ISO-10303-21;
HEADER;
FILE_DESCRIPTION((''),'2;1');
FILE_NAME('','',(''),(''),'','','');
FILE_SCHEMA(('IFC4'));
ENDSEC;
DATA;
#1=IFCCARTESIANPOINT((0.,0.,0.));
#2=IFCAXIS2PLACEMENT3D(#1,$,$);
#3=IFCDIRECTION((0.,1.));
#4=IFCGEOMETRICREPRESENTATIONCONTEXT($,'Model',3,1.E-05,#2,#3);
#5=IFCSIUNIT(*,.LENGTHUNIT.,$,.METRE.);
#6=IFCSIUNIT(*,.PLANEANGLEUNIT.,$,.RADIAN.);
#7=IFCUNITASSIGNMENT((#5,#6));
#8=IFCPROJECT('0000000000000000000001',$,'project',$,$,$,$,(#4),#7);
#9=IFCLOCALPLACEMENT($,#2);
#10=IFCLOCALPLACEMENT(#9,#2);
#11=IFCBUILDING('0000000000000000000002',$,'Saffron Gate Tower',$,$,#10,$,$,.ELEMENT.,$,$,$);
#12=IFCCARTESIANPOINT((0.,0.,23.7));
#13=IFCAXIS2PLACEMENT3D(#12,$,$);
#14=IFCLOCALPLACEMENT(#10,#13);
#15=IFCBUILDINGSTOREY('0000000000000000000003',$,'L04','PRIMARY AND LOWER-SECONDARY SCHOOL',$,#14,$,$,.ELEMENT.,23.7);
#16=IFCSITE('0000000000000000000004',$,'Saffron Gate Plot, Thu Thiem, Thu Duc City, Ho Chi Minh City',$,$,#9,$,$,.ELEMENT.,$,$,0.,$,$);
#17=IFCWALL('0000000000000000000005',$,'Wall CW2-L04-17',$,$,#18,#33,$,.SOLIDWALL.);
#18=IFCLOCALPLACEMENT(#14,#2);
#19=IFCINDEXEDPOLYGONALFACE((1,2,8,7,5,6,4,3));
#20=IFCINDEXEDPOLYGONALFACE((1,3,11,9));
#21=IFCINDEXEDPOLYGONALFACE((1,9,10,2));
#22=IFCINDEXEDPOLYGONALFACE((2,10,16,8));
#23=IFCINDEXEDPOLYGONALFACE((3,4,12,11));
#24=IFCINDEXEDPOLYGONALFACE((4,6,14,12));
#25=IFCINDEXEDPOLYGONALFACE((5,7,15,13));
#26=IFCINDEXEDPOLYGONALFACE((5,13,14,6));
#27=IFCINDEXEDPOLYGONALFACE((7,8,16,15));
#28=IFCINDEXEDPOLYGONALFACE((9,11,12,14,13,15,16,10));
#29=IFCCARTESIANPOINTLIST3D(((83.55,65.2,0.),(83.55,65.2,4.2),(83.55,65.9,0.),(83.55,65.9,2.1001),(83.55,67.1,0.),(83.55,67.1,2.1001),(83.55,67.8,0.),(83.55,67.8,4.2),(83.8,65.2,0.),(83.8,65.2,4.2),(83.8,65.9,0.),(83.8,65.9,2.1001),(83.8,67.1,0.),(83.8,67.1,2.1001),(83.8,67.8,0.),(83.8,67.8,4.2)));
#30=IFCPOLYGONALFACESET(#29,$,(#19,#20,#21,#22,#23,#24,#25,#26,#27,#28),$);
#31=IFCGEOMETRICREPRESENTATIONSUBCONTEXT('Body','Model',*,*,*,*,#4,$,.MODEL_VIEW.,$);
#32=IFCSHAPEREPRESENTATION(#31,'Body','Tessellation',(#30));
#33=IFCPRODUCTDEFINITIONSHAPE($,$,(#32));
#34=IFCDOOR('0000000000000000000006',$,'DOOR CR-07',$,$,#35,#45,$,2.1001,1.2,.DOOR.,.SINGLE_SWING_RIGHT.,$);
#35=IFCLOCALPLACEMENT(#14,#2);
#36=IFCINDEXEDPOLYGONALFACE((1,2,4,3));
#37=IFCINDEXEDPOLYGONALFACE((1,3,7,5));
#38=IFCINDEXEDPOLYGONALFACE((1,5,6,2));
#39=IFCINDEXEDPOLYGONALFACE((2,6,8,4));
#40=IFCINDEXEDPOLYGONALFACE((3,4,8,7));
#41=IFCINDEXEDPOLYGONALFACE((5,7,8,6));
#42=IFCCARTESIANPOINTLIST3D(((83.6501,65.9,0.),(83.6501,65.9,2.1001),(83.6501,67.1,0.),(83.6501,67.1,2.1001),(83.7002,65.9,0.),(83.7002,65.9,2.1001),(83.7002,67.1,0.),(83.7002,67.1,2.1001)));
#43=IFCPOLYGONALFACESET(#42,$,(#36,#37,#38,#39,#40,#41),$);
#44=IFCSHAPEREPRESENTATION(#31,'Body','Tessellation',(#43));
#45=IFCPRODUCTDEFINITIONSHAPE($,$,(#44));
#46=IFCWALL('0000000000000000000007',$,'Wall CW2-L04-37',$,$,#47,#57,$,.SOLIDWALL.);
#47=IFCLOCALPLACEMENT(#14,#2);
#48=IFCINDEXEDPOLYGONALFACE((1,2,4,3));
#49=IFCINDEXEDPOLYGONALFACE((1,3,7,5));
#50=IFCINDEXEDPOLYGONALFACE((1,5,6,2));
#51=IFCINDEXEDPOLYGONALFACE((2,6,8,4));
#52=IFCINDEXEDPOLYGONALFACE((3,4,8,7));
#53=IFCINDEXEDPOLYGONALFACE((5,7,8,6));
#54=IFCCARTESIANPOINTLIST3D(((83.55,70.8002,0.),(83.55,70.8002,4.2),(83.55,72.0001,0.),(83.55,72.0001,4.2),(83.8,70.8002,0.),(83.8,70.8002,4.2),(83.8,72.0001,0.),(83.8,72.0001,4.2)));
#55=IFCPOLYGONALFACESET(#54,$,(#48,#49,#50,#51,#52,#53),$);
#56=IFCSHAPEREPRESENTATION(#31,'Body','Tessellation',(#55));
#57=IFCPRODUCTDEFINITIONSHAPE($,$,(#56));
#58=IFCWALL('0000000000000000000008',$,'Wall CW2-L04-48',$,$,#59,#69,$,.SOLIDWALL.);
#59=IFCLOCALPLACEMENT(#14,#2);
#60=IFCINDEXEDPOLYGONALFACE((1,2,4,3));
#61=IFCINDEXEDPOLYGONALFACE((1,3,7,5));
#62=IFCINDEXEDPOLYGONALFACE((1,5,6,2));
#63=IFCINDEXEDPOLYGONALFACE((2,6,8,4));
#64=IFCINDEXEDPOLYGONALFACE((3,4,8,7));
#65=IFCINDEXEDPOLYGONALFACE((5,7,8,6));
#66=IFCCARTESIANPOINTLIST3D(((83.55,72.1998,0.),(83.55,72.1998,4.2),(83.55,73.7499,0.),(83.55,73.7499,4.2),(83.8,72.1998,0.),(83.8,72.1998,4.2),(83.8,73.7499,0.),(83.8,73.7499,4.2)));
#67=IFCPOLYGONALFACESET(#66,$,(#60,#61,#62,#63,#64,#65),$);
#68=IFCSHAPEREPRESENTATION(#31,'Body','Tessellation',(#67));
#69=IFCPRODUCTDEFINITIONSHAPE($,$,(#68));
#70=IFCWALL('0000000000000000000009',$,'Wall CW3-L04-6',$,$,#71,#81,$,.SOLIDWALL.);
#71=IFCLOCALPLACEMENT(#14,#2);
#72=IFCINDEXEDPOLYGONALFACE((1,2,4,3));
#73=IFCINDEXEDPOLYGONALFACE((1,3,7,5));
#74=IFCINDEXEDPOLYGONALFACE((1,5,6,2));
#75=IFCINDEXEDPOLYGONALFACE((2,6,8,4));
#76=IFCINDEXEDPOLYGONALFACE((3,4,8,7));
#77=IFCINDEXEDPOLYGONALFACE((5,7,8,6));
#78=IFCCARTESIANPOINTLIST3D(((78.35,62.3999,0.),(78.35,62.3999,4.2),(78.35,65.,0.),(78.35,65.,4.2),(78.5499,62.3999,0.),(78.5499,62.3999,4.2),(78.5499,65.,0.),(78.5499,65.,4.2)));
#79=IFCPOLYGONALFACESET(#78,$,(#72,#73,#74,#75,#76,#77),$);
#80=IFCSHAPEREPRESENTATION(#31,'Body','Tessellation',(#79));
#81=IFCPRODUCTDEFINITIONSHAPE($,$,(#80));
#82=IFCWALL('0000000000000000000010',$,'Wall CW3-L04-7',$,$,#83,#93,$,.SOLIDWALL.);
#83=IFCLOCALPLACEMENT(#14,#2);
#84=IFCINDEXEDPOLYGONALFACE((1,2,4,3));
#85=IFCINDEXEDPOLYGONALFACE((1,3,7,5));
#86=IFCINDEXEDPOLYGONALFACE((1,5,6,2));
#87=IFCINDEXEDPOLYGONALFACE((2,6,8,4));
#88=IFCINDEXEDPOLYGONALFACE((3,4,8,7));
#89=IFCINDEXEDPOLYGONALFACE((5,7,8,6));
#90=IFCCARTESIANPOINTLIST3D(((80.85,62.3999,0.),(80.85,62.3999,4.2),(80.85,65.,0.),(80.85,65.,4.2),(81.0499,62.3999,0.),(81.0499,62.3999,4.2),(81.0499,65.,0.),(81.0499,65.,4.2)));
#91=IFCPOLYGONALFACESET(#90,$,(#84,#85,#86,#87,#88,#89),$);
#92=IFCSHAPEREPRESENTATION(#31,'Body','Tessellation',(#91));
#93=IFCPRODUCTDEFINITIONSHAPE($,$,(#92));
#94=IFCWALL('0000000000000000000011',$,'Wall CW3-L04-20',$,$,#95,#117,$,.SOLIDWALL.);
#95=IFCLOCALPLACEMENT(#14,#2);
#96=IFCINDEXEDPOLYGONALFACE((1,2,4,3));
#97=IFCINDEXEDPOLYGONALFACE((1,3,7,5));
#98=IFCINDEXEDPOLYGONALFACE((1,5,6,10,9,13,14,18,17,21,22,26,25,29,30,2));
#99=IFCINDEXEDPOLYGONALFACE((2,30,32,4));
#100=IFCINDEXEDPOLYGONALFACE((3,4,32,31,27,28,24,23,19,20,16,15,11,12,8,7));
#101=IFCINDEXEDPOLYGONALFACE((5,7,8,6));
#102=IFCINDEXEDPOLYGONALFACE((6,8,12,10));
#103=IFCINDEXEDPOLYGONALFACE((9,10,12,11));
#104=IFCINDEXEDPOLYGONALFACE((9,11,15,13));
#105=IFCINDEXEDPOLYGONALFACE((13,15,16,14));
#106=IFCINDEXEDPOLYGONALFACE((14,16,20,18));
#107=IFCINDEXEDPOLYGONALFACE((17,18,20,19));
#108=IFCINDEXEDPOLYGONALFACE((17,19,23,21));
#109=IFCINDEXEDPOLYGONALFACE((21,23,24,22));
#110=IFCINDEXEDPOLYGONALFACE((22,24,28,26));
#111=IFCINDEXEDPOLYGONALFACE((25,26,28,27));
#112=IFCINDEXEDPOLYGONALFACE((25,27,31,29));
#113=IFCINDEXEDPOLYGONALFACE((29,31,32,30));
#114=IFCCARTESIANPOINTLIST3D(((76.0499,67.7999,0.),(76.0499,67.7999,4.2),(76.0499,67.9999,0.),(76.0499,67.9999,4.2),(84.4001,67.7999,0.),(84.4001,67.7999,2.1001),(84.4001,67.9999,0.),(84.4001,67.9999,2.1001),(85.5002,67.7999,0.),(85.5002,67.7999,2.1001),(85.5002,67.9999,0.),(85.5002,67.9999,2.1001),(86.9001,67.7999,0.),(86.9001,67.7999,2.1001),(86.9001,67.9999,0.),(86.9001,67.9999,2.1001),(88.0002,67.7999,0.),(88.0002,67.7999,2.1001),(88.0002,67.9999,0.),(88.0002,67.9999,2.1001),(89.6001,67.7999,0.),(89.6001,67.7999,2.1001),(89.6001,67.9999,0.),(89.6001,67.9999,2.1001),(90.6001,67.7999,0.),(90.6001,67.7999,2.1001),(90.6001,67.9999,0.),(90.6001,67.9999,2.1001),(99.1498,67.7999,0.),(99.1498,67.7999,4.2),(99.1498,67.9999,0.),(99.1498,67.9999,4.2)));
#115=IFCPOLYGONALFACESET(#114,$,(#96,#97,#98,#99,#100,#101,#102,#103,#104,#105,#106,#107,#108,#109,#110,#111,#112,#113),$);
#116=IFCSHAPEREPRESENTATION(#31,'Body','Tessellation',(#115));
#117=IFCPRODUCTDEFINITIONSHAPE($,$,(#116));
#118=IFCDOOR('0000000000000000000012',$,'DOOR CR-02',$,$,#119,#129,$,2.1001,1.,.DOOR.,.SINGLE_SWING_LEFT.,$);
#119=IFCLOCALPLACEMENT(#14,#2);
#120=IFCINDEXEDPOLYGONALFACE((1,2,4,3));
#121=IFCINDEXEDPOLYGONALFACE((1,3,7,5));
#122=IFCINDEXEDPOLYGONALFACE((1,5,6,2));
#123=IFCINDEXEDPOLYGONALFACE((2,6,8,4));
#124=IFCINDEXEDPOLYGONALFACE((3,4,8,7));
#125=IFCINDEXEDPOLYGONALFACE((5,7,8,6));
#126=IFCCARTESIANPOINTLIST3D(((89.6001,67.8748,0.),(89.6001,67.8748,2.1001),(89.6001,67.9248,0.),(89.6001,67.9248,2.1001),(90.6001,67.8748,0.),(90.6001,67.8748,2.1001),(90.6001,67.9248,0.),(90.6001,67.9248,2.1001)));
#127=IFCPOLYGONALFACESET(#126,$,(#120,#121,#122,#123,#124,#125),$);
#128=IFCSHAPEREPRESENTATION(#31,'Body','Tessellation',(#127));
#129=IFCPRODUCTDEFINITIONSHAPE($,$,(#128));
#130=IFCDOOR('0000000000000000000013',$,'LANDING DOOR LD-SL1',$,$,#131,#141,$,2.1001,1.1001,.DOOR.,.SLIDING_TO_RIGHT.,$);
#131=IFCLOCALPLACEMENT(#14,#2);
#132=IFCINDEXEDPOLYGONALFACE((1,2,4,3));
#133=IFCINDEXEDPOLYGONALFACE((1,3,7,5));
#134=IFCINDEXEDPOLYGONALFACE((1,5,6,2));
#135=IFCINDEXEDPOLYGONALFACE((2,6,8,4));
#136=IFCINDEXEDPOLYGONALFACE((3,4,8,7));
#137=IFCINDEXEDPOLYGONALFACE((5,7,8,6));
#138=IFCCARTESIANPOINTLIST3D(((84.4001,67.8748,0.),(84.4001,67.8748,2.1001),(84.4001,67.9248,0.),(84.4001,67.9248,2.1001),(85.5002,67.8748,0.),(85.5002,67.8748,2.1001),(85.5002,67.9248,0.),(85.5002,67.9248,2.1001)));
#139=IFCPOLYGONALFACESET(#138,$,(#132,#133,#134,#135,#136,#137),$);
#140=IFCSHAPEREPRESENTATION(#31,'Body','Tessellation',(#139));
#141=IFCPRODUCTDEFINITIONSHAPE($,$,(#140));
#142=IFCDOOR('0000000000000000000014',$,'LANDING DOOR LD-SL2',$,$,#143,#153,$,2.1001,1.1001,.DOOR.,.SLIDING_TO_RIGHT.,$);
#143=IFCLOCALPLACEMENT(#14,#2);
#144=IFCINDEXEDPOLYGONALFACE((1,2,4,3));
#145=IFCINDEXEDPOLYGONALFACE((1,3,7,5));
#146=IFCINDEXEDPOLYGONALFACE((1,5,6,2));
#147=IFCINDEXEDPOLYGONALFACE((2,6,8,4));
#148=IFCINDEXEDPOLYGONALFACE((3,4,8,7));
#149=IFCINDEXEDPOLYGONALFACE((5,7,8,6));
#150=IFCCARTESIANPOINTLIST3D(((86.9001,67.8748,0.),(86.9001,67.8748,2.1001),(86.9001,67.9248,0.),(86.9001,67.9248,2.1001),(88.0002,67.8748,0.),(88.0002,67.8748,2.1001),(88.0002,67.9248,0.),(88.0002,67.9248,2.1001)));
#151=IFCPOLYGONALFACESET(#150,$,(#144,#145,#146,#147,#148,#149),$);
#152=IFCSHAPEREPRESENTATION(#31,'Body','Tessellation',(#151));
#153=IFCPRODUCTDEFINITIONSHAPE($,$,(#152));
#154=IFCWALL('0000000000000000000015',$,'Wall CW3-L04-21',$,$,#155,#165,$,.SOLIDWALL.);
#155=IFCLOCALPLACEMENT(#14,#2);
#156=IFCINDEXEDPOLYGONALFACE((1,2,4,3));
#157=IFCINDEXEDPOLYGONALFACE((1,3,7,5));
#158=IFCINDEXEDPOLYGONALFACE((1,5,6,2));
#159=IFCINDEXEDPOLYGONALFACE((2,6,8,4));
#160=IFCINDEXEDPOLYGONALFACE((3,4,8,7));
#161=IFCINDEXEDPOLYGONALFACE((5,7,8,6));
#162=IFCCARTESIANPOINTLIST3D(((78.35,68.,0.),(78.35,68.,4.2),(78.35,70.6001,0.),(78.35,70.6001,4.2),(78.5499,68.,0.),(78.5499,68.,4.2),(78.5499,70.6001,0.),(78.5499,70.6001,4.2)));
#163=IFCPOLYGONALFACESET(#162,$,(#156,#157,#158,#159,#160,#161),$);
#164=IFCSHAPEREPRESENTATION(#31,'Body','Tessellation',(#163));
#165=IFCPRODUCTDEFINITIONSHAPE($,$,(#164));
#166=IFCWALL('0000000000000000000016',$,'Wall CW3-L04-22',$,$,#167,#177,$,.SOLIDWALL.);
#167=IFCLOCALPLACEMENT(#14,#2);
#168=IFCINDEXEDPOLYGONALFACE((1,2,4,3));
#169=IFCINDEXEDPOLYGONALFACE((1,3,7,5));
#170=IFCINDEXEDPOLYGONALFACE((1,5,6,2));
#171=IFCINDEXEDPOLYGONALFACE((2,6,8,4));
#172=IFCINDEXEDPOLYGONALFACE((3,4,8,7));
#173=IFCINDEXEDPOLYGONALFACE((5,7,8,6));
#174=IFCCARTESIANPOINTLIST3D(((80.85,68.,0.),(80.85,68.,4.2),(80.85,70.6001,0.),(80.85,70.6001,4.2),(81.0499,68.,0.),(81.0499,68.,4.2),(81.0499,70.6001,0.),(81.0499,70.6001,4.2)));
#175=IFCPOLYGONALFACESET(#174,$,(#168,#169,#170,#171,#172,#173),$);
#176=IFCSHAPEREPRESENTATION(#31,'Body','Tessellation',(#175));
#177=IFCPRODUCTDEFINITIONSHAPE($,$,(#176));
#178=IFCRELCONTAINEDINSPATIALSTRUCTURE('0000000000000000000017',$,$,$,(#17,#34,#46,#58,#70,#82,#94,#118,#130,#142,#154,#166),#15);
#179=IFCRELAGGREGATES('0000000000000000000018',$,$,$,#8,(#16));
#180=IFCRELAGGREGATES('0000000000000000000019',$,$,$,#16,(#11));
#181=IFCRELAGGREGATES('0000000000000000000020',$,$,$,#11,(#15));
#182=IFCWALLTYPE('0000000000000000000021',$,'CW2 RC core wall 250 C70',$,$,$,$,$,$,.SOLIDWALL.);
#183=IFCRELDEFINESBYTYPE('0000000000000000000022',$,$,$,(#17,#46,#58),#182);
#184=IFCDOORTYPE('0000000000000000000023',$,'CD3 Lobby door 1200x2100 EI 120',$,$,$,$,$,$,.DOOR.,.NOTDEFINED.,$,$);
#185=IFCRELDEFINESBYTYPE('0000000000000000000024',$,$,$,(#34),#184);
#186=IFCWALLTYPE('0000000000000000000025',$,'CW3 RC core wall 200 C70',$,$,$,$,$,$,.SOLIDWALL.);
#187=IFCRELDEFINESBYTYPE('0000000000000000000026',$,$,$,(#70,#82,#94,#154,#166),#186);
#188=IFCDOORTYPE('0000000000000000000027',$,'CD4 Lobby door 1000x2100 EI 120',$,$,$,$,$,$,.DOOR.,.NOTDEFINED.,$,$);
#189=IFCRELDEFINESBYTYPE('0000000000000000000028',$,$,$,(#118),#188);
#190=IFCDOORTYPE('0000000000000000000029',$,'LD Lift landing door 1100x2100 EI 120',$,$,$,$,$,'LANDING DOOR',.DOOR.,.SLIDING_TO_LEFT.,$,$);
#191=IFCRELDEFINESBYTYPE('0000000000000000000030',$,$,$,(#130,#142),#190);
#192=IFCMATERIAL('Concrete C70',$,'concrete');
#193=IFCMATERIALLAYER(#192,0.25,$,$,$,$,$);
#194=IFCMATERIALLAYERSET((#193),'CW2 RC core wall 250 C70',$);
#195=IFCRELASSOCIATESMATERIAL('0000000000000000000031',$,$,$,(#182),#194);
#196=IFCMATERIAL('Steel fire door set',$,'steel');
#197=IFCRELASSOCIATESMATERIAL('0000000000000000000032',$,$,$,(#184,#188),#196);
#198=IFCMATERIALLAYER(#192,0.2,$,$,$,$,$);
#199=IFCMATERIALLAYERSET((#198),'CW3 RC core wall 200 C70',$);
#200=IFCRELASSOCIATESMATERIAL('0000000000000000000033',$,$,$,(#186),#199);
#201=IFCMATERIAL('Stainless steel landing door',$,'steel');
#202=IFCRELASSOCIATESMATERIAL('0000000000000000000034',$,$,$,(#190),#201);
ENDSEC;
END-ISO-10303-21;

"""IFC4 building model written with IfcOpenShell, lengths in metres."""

from ifc_helpers import new_model, si_unit, direction, frame, frame_2d, origin, place, context, subcontext, project, spatial, rectangle, extrude, material, layer, layer_set, type_object, element, fill, save


model = new_model("IFC4")

# Units and contexts
model_context = context("Model", 3, precision=1e-05, world=origin(), true_north=direction((0.0, 1.0)))
body_context = subcontext(model_context, "Body", "Model", "MODEL_VIEW")
ifc_project = project(units=[si_unit("LENGTHUNIT", "METRE"), si_unit("PLANEANGLEUNIT", "RADIAN")], contexts=[model_context])

# Site, building, storey
site_placement = place(None, origin())
site = spatial("IfcSite", under=ifc_project, at=site_placement, Name="Saffron Gate Plot, Thu Thiem, Thu Duc City, Ho Chi Minh City", CompositionType="ELEMENT", RefElevation=0.0)
building_placement = place(site_placement, origin())
building = spatial("IfcBuilding", under=site, at=building_placement, Name="Saffron Gate Tower", CompositionType="ELEMENT")
storey_placement = place(building_placement, frame((0.0, 0.0, 23.7)))
storey = spatial("IfcBuildingStorey", under=building, at=storey_placement, Name="L04", Description="PRIMARY AND LOWER-SECONDARY SCHOOL", CompositionType="ELEMENT", Elevation=23.7)

# Wall, opening, door
ifc_material_1 = material(Name="Concrete C70", Category="concrete")
ifc_layer_1 = layer(ifc_material_1, 0.25)
ifc_layer_set_1 = layer_set([ifc_layer_1], Name="CW2 RC core wall 250 C70")
wall_type_1 = type_object("IfcWallType", Name="CW2 RC core wall 250 C70", PredefinedType="SOLIDWALL", material=ifc_layer_set_1)
wall_1_placement = place(storey_placement, frame((83.675, 65.2, 0.0), z_axis=(0.0, 0.0, 1.0), x_axis=(0.0, 1.0, 0.0)))
wall_1 = element("IfcWall", 1, at=wall_1_placement, inside=storey, type_object=wall_type_1, Name="Wall CW2-L04-17", PredefinedType="SOLIDWALL", context=body_context, shape_type="SweptSolid", body=[
    extrude(rectangle(XDim=2.6001, YDim=0.25, at=frame_2d((1.3, 0.0))), origin(), (0.0, 0.0, 1.0), 4.2),
])
opening_1_placement = place(wall_1_placement, frame((0.7, 0.0, 0.0)))
opening_1 = element("IfcOpeningElement", 2, at=opening_1_placement, cuts=wall_1, PredefinedType="OPENING", context=body_context, shape_type="SweptSolid", body=[
    extrude(rectangle(XDim=1.2, YDim=2.1001, at=frame_2d((0.6001, 1.05))), frame((0.0, 0.135, 0.0), z_axis=(0.0, -1.0, 0.0), x_axis=(1.0, 0.0, 0.0)), (0.0, 0.0, 1.0), 0.27),
])
ifc_material_2 = material(Name="Steel fire door set", Category="steel")
door_type_1 = type_object("IfcDoorType", Name="CD3 Lobby door 1200x2100 EI 120", OperationType="NOTDEFINED", PredefinedType="DOOR", material=ifc_material_2)
door_1_placement = place(opening_1_placement, origin())
door_1 = element("IfcDoor", 3, at=door_1_placement, inside=storey, type_object=door_type_1, Name="DOOR CR-07", OperationType="SINGLE_SWING_RIGHT", OverallHeight=2.1001, OverallWidth=1.2, PredefinedType="DOOR", context=body_context, shape_type="SweptSolid", body=[
    extrude(rectangle(XDim=1.2, YDim=2.1001, at=frame_2d((0.6001, 1.05))), frame((0.0, 0.0249, 0.0), z_axis=(0.0, -1.0, 0.0), x_axis=(1.0, 0.0, 0.0)), (0.0, 0.0, 1.0), 0.05),
])
fill(opening_1, door_1)

# Walls
wall_2_placement = place(storey_placement, frame((83.675, 70.8, 0.0), z_axis=(0.0, 0.0, 1.0), x_axis=(0.0, 1.0, 0.0)))
element("IfcWall", 4, at=wall_2_placement, inside=storey, type_object=wall_type_1, Name="Wall CW2-L04-37", PredefinedType="SOLIDWALL", context=body_context, shape_type="SweptSolid", body=[
    extrude(rectangle(XDim=1.2, YDim=0.25, at=frame_2d((0.6001, 0.0))), origin(), (0.0, 0.0, 1.0), 4.2),
])
wall_3_placement = place(storey_placement, frame((83.675, 72.2, 0.0), z_axis=(0.0, 0.0, 1.0), x_axis=(0.0, 1.0, 0.0)))
element("IfcWall", 5, at=wall_3_placement, inside=storey, type_object=wall_type_1, Name="Wall CW2-L04-48", PredefinedType="SOLIDWALL", context=body_context, shape_type="SweptSolid", body=[
    extrude(rectangle(XDim=1.55, YDim=0.25, at=frame_2d((0.7749, 0.0))), origin(), (0.0, 0.0, 1.0), 4.2),
])
ifc_layer_2 = layer(ifc_material_1, 0.2)
ifc_layer_set_2 = layer_set([ifc_layer_2], Name="CW3 RC core wall 200 C70")
wall_type_2 = type_object("IfcWallType", Name="CW3 RC core wall 200 C70", PredefinedType="SOLIDWALL", material=ifc_layer_set_2)
for number, where, z_axis, x_axis, name in (
    (6, (78.45, 62.3999, 0.0), (0.0, 0.0, 1.0), (0.0, 1.0, 0.0), "Wall CW3-L04-6"),
    (7, (80.95, 62.3999, 0.0), (0.0, 0.0, 1.0), (0.0, 1.0, 0.0), "Wall CW3-L04-7"),
):
    element("IfcWall", number, at=place(storey_placement, frame(where, z_axis=z_axis, x_axis=x_axis)), inside=storey, type_object=wall_type_2, Name=name, PredefinedType="SOLIDWALL", context=body_context, shape_type="SweptSolid", body=[
        extrude(rectangle(XDim=2.6001, YDim=0.2, at=frame_2d((1.3, 0.0))), origin(), (0.0, 0.0, 1.0), 4.2),
    ])

# Wall, openings, doors
wall_4_placement = place(storey_placement, frame((76.05, 67.8999, 0.0), z_axis=(0.0, 0.0, 1.0), x_axis=(1.0, 0.0, 0.0)))
wall_4 = element("IfcWall", 8, at=wall_4_placement, inside=storey, type_object=wall_type_2, Name="Wall CW3-L04-20", PredefinedType="SOLIDWALL", context=body_context, shape_type="SweptSolid", body=[
    extrude(rectangle(XDim=23.0999, YDim=0.2, at=frame_2d((11.5498, 0.0))), origin(), (0.0, 0.0, 1.0), 4.2),
])
opening_2_placement = place(wall_4_placement, frame((8.3501, 0.0, 0.0)))
opening_2 = element("IfcOpeningElement", 9, at=opening_2_placement, cuts=wall_4, PredefinedType="OPENING", context=body_context, shape_type="SweptSolid", body=[
    extrude(rectangle(XDim=1.1001, YDim=2.1001, at=frame_2d((0.55, 1.05))), frame((0.0, 0.1099, 0.0), z_axis=(0.0, -1.0, 0.0), x_axis=(1.0, 0.0, 0.0)), (0.0, 0.0, 1.0), 0.22),
])
opening_3_placement = place(wall_4_placement, frame((10.8501, 0.0, 0.0)))
opening_3 = element("IfcOpeningElement", 10, at=opening_3_placement, cuts=wall_4, PredefinedType="OPENING", context=body_context, shape_type="SweptSolid", body=[
    extrude(rectangle(XDim=1.1001, YDim=2.1001, at=frame_2d((0.55, 1.05))), frame((0.0, 0.1099, 0.0), z_axis=(0.0, -1.0, 0.0), x_axis=(1.0, 0.0, 0.0)), (0.0, 0.0, 1.0), 0.22),
])
opening_4_placement = place(wall_4_placement, frame((13.55, 0.0, 0.0)))
opening_4 = element("IfcOpeningElement", 11, at=opening_4_placement, cuts=wall_4, PredefinedType="OPENING", context=body_context, shape_type="SweptSolid", body=[
    extrude(rectangle(XDim=1.0, YDim=2.1001, at=frame_2d((0.5, 1.05))), frame((0.0, 0.1099, 0.0), z_axis=(0.0, -1.0, 0.0), x_axis=(1.0, 0.0, 0.0)), (0.0, 0.0, 1.0), 0.22),
])
door_type_2 = type_object("IfcDoorType", Name="CD4 Lobby door 1000x2100 EI 120", OperationType="NOTDEFINED", PredefinedType="DOOR", material=ifc_material_2)
door_2_placement = place(opening_4_placement, origin())
door_2 = element("IfcDoor", 12, at=door_2_placement, inside=storey, type_object=door_type_2, Name="DOOR CR-02", OperationType="SINGLE_SWING_LEFT", OverallHeight=2.1001, OverallWidth=1.0, PredefinedType="DOOR", context=body_context, shape_type="SweptSolid", body=[
    extrude(rectangle(XDim=1.0, YDim=2.1001, at=frame_2d((0.5, 1.05))), frame((0.0, 0.0249, 0.0), z_axis=(0.0, -1.0, 0.0), x_axis=(1.0, 0.0, 0.0)), (0.0, 0.0, 1.0), 0.05),
])
fill(opening_4, door_2)
ifc_material_3 = material(Name="Stainless steel landing door", Category="steel")
door_type_3 = type_object("IfcDoorType", Name="LD Lift landing door 1100x2100 EI 120", ElementType="LANDING DOOR", OperationType="SLIDING_TO_LEFT", PredefinedType="DOOR", material=ifc_material_3)
door_3_placement = place(opening_2_placement, origin())
door_3 = element("IfcDoor", 13, at=door_3_placement, inside=storey, type_object=door_type_3, Name="LANDING DOOR LD-SL1", OperationType="SLIDING_TO_RIGHT", OverallHeight=2.1001, OverallWidth=1.1001, PredefinedType="DOOR", context=body_context, shape_type="SweptSolid", body=[
    extrude(rectangle(XDim=1.1001, YDim=2.1001, at=frame_2d((0.55, 1.05))), frame((0.0, 0.0249, 0.0), z_axis=(0.0, -1.0, 0.0), x_axis=(1.0, 0.0, 0.0)), (0.0, 0.0, 1.0), 0.05),
])
fill(opening_2, door_3)
door_4_placement = place(opening_3_placement, origin())
door_4 = element("IfcDoor", 14, at=door_4_placement, inside=storey, type_object=door_type_3, Name="LANDING DOOR LD-SL2", OperationType="SLIDING_TO_RIGHT", OverallHeight=2.1001, OverallWidth=1.1001, PredefinedType="DOOR", context=body_context, shape_type="SweptSolid", body=[
    extrude(rectangle(XDim=1.1001, YDim=2.1001, at=frame_2d((0.55, 1.05))), frame((0.0, 0.0249, 0.0), z_axis=(0.0, -1.0, 0.0), x_axis=(1.0, 0.0, 0.0)), (0.0, 0.0, 1.0), 0.05),
])
fill(opening_3, door_4)

# Walls
for number, where, z_axis, x_axis, name in (
    (15, (78.45, 68.0, 0.0), (0.0, 0.0, 1.0), (0.0, 1.0, 0.0), "Wall CW3-L04-21"),
    (16, (80.95, 68.0, 0.0), (0.0, 0.0, 1.0), (0.0, 1.0, 0.0), "Wall CW3-L04-22"),
):
    element("IfcWall", number, at=place(storey_placement, frame(where, z_axis=z_axis, x_axis=x_axis)), inside=storey, type_object=wall_type_2, Name=name, PredefinedType="SOLIDWALL", context=body_context, shape_type="SweptSolid", body=[
        extrude(rectangle(XDim=2.6001, YDim=0.2, at=frame_2d((1.3, 0.0))), origin(), (0.0, 0.0, 1.0), 4.2),
    ])

save(model, "model.ifc")
